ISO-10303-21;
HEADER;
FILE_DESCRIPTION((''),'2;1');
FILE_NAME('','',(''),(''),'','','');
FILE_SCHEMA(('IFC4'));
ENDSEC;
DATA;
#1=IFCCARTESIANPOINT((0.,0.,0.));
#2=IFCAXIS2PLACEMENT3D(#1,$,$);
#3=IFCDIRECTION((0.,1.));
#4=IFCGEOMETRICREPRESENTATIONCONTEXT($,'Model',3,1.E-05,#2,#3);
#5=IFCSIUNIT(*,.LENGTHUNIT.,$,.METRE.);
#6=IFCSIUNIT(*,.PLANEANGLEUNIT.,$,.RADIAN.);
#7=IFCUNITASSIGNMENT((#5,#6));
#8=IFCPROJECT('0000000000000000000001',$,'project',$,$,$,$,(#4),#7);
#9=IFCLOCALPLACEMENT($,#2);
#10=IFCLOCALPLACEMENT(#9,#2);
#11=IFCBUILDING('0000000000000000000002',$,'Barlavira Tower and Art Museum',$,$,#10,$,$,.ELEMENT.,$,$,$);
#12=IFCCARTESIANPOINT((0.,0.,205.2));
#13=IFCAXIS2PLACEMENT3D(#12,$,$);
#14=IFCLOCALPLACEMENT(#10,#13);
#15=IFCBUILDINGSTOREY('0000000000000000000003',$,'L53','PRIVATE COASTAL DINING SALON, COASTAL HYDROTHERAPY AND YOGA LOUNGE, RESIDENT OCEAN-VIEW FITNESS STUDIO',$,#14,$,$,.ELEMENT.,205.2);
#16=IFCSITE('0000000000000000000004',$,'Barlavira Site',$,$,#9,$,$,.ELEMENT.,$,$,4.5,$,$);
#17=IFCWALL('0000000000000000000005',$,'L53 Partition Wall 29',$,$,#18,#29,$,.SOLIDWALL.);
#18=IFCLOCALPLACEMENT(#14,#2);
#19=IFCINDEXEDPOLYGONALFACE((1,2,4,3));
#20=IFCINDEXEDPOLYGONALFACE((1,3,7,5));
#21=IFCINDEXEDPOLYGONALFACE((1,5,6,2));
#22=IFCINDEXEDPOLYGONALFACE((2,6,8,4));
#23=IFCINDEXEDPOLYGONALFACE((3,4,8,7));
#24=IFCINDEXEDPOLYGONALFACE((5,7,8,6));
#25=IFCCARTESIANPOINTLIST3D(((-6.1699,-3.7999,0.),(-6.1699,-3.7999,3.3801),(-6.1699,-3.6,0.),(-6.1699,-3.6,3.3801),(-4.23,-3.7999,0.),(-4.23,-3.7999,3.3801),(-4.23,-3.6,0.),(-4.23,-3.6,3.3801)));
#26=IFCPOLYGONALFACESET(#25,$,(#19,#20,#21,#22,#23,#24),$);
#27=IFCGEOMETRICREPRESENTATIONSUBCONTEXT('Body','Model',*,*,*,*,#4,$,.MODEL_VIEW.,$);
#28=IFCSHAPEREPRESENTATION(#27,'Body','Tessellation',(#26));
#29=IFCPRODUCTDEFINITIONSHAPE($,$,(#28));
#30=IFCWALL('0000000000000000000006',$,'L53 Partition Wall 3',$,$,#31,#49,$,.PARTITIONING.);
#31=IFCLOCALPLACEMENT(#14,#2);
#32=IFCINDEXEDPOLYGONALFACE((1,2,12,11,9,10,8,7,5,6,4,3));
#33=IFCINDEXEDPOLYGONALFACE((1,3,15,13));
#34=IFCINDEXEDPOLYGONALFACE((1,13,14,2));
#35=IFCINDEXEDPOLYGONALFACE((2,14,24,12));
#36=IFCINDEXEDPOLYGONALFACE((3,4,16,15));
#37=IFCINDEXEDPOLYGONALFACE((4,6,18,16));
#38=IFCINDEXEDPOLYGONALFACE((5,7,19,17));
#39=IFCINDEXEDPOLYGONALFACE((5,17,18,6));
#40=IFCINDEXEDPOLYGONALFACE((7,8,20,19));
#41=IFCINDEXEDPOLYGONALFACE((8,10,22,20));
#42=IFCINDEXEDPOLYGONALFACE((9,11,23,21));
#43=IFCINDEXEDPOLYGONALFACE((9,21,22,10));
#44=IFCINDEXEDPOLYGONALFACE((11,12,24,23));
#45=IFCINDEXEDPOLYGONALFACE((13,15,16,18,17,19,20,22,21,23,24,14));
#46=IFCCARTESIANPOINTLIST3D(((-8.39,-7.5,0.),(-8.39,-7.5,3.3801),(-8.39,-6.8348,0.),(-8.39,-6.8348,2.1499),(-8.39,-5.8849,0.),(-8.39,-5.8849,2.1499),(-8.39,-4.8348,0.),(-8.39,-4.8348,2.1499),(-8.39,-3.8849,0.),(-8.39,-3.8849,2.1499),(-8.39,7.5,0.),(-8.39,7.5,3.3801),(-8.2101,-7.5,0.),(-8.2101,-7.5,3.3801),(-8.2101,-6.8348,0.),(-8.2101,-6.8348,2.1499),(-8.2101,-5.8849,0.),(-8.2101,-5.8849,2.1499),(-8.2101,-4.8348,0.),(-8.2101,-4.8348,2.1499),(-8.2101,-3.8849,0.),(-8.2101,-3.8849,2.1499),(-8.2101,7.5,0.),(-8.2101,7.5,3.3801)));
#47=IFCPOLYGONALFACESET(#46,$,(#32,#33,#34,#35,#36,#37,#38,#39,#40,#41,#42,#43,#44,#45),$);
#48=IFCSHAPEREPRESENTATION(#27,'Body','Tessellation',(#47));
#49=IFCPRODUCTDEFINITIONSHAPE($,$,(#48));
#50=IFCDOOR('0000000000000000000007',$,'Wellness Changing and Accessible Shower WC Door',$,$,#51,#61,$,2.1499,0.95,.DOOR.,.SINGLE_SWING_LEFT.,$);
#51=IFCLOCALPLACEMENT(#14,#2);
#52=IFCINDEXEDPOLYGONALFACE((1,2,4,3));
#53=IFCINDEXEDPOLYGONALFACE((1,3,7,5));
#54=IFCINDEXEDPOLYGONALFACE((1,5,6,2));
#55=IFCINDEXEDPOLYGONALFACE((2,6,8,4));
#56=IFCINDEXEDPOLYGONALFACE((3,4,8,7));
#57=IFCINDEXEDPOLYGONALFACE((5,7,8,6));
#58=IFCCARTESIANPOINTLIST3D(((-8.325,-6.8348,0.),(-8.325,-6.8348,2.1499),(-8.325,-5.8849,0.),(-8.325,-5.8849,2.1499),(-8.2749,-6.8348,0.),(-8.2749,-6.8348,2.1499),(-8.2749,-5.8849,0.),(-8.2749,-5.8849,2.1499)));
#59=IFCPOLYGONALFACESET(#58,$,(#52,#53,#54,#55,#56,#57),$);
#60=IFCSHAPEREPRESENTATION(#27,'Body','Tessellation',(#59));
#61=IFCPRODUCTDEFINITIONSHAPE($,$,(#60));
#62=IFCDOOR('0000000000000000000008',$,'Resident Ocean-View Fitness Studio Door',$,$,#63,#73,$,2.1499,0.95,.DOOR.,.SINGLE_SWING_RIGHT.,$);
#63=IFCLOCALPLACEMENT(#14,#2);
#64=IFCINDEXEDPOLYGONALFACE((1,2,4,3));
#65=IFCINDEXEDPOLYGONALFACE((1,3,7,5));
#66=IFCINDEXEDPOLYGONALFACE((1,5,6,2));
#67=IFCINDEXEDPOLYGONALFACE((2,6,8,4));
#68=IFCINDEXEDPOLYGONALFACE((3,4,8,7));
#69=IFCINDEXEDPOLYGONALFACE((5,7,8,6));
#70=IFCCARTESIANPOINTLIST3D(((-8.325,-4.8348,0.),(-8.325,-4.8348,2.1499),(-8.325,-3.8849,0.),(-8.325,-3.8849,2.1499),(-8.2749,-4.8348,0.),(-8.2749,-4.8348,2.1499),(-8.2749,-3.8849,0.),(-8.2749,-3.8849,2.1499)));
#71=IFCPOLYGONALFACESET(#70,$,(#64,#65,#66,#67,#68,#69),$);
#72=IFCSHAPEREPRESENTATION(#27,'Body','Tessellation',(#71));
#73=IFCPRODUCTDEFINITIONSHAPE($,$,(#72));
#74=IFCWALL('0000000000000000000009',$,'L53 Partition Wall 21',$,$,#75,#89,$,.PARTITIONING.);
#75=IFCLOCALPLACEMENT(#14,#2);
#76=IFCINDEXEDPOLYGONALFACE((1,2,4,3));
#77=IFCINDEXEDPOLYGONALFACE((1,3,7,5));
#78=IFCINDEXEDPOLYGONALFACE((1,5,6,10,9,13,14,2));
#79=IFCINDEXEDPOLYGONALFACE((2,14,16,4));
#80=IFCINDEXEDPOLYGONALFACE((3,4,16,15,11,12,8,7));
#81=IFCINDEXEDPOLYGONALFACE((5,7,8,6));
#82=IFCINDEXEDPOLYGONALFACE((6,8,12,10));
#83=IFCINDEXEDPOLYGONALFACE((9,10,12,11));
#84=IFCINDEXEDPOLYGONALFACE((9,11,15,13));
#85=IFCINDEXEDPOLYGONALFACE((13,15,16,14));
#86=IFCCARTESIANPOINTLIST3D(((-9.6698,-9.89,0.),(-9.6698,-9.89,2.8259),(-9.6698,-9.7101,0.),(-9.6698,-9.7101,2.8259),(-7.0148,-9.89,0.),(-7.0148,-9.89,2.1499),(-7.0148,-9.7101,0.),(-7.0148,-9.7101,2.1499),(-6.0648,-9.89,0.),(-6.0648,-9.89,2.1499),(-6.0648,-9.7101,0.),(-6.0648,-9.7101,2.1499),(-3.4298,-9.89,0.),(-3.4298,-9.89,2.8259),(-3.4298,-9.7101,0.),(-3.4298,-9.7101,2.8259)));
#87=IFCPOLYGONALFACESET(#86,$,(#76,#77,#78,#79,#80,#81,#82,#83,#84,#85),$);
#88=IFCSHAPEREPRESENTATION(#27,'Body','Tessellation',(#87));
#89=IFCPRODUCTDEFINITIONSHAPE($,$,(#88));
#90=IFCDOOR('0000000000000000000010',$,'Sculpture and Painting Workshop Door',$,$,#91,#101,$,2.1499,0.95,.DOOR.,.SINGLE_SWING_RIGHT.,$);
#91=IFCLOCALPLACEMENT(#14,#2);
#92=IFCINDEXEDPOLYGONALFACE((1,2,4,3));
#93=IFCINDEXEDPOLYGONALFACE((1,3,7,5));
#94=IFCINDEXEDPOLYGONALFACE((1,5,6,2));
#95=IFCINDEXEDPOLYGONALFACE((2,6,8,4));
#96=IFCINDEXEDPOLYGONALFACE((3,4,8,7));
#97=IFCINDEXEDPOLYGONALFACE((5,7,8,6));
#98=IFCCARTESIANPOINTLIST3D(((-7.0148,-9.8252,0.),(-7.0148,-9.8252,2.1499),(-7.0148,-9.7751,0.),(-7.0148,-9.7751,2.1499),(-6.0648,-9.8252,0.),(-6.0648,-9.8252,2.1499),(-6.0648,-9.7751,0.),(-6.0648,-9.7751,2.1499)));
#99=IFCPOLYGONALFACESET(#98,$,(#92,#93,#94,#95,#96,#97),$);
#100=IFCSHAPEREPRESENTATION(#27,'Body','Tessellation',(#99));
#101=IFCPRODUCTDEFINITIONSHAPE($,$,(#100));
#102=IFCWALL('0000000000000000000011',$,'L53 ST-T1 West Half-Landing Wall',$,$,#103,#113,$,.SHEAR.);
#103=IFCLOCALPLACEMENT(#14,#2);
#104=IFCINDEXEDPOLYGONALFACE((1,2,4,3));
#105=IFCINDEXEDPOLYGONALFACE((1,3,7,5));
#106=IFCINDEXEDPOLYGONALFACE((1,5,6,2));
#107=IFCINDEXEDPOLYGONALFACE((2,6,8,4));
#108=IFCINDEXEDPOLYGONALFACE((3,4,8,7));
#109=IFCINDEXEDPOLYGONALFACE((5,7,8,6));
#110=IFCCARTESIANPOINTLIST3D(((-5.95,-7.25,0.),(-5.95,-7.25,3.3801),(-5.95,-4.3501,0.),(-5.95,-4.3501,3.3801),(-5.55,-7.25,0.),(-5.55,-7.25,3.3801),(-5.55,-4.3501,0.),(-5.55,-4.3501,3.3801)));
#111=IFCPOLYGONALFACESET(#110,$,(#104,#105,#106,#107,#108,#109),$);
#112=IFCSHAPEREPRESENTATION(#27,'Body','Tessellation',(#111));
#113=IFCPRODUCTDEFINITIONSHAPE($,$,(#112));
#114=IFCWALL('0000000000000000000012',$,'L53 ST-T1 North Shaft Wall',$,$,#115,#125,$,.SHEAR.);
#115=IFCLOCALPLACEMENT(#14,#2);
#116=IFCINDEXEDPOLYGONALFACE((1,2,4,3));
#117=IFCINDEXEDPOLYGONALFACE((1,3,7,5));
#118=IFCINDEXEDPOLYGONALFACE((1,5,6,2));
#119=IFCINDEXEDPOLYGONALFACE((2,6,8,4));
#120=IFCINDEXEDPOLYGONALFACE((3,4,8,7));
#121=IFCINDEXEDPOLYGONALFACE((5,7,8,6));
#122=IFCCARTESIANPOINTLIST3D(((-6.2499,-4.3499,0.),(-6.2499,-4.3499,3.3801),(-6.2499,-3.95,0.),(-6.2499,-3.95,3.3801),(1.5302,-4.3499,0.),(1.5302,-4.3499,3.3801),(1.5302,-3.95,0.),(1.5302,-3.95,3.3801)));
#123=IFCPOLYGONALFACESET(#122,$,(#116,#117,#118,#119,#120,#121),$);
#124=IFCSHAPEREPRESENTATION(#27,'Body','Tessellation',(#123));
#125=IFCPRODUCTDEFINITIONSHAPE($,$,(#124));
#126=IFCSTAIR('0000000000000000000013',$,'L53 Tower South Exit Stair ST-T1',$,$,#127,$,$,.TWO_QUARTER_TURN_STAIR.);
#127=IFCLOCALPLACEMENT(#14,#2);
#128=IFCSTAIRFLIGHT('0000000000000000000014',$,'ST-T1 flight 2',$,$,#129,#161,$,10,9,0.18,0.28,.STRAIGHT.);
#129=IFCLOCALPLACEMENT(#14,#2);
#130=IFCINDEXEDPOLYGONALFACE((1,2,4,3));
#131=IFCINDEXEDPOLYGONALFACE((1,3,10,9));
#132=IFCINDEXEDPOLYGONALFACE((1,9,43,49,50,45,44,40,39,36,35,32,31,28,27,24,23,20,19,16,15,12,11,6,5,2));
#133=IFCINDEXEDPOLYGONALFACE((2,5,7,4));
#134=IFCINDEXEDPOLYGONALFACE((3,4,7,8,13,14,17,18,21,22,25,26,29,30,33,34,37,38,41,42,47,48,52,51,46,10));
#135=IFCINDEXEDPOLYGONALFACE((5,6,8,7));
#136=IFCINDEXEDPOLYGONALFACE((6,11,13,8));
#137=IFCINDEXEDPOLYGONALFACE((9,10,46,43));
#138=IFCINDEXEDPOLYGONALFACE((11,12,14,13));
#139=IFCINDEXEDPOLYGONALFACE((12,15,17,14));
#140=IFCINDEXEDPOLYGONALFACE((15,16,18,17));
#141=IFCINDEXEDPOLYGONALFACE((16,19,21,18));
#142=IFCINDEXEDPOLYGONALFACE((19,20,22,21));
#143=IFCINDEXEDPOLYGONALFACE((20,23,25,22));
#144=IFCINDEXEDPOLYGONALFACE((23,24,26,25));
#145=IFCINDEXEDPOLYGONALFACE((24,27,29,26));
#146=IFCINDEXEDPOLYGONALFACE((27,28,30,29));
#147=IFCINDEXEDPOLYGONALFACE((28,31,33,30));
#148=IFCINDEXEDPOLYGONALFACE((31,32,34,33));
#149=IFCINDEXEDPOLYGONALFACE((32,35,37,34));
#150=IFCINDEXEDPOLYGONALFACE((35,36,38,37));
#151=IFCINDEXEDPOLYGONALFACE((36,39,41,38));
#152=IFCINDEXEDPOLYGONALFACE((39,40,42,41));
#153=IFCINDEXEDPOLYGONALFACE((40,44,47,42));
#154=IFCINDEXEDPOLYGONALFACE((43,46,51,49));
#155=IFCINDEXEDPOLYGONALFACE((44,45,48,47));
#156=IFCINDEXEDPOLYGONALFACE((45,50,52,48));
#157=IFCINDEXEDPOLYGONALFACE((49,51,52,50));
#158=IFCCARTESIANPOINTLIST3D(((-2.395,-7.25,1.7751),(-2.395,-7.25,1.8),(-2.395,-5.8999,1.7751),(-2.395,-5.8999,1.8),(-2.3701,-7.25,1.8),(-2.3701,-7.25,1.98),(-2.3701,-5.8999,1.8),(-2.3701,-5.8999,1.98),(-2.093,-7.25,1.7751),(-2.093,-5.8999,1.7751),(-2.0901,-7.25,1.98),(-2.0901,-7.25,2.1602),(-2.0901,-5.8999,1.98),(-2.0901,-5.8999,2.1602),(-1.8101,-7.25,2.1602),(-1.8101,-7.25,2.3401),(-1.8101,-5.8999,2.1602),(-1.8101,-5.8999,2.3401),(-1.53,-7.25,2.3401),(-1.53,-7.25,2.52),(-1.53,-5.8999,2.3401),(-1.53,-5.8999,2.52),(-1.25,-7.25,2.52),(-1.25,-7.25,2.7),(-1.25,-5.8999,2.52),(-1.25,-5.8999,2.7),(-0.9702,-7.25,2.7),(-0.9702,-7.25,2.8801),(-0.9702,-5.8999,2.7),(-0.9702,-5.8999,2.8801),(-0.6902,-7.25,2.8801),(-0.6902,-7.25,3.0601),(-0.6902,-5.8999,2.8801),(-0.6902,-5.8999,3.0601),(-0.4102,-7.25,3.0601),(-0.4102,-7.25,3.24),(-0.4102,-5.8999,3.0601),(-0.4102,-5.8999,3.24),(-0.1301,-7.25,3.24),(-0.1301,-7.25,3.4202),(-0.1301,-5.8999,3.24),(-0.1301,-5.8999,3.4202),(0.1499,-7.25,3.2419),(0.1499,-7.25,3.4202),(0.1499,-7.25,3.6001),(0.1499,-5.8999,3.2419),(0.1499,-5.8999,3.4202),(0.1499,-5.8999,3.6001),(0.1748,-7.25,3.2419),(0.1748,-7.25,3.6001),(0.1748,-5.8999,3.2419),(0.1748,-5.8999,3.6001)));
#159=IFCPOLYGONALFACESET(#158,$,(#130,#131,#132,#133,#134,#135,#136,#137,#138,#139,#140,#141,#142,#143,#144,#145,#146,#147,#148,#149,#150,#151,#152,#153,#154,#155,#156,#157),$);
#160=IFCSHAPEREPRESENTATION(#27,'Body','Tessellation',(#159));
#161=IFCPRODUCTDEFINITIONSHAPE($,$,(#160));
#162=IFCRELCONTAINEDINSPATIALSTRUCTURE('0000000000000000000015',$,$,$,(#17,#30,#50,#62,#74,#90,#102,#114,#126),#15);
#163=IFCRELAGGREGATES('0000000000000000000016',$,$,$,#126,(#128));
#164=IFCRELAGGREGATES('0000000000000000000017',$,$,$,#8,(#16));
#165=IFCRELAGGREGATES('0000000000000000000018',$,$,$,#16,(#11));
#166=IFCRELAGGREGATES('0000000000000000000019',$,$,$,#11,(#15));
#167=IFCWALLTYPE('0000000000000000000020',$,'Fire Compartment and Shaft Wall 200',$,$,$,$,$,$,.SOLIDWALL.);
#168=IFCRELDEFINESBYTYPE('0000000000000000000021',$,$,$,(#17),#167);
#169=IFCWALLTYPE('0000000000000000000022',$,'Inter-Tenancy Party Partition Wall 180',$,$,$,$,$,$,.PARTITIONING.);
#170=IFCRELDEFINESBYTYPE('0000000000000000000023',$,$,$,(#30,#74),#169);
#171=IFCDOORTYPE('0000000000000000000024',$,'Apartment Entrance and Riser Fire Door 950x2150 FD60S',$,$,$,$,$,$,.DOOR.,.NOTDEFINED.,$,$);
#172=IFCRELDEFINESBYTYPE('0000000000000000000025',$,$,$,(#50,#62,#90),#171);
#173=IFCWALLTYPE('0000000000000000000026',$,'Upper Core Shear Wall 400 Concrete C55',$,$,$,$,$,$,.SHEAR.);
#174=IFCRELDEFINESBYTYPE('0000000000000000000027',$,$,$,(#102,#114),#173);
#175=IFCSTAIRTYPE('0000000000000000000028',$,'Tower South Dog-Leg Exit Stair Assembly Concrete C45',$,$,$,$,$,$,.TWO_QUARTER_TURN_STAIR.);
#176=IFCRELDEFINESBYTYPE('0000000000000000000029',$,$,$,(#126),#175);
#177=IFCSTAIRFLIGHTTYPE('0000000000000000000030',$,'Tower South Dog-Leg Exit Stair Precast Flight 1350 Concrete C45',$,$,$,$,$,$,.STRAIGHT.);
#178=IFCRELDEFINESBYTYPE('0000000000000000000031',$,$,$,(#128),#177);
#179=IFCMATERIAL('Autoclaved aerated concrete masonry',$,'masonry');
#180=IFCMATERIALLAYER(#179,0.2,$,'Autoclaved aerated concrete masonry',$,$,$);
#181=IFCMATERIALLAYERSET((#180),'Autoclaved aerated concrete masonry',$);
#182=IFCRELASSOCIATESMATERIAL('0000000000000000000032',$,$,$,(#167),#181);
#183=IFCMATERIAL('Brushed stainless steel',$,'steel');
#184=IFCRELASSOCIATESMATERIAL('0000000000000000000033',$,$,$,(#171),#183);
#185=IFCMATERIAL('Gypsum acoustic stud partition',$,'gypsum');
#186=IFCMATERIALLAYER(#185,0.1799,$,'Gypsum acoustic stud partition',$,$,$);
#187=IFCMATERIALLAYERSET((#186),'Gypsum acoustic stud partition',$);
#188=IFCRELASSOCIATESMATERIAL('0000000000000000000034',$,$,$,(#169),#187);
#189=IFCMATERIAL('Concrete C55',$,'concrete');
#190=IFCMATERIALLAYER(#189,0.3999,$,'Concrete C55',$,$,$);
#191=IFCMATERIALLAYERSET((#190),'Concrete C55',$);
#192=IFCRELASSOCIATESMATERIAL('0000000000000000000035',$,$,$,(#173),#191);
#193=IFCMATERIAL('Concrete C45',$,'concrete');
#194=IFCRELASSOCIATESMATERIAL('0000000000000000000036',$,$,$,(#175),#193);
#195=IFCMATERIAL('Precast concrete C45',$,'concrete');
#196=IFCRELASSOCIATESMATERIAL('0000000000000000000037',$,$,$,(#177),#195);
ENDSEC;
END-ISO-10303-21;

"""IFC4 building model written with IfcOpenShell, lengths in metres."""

from ifc_helpers import new_model, si_unit, direction, frame, frame_2d, origin, place, context, subcontext, project, spatial, polyline, rectangle, outline, extrude, material, layer, layer_set, type_object, element, fill, aggregate, save


model = new_model("IFC4")

# Units and contexts
model_context = context("Model", 3, precision=1e-05, world=origin(), true_north=direction((0.0, 1.0)))
body_context = subcontext(model_context, "Body", "Model", "MODEL_VIEW")
ifc_project = project(units=[si_unit("LENGTHUNIT", "METRE"), si_unit("PLANEANGLEUNIT", "RADIAN")], contexts=[model_context])

# Site, building, storey
site_placement = place(None, origin())
site = spatial("IfcSite", under=ifc_project, at=site_placement, Name="Barlavira Site", CompositionType="ELEMENT", RefElevation=4.5)
building_placement = place(site_placement, origin())
building = spatial("IfcBuilding", under=site, at=building_placement, Name="Barlavira Tower and Art Museum", CompositionType="ELEMENT")
storey_placement = place(building_placement, frame((0.0, 0.0, 205.2)))
storey = spatial("IfcBuildingStorey", under=building, at=storey_placement, Name="L53", Description="PRIVATE COASTAL DINING SALON, COASTAL HYDROTHERAPY AND YOGA LOUNGE, RESIDENT OCEAN-VIEW FITNESS STUDIO", CompositionType="ELEMENT", Elevation=205.2)

# Shared definitions
ifc_material_1 = material(Name="Autoclaved aerated concrete masonry", Category="masonry")
ifc_layer_1 = layer(ifc_material_1, 0.2, Name="Autoclaved aerated concrete masonry")
ifc_layer_set_1 = layer_set([ifc_layer_1], Name="Autoclaved aerated concrete masonry")
wall_type_1 = type_object("IfcWallType", Name="Fire Compartment and Shaft Wall 200", PredefinedType="SOLIDWALL", material=ifc_layer_set_1)

# Shared definitions
ifc_material_2 = material(Name="Brushed stainless steel", Category="steel")
door_type = type_object("IfcDoorType", Name="Apartment Entrance and Riser Fire Door 950x2150 FD60S", OperationType="NOTDEFINED", PredefinedType="DOOR", material=ifc_material_2)

# Wall
wall_1_placement = place(storey_placement, frame((-6.1699, -3.7, 0.0), z_axis=(0.0, 0.0, 1.0), x_axis=(1.0, 0.0, 0.0)))
element("IfcWall", 1, at=wall_1_placement, inside=storey, type_object=wall_type_1, Name="L53 Partition Wall 29", PredefinedType="SOLIDWALL", context=body_context, shape_type="SweptSolid", body=[
    extrude(rectangle(XDim=1.9399, YDim=0.2, at=frame_2d((0.97, 0.0))), origin(), (0.0, 0.0, 1.0), 3.3801),
])

# Wall, openings, doors
ifc_material_3 = material(Name="Gypsum acoustic stud partition", Category="gypsum")
ifc_layer_2 = layer(ifc_material_3, 0.1799, Name="Gypsum acoustic stud partition")
ifc_layer_set_2 = layer_set([ifc_layer_2], Name="Gypsum acoustic stud partition")
wall_type_2 = type_object("IfcWallType", Name="Inter-Tenancy Party Partition Wall 180", PredefinedType="PARTITIONING", material=ifc_layer_set_2)
wall_2_placement = place(storey_placement, frame((-8.3, -7.5, 0.0), z_axis=(0.0, 0.0, 1.0), x_axis=(0.0, 1.0, 0.0)))
wall_2 = element("IfcWall", 2, at=wall_2_placement, inside=storey, type_object=wall_type_2, Name="L53 Partition Wall 3", PredefinedType="PARTITIONING", context=body_context, shape_type="SweptSolid", body=[
    extrude(rectangle(XDim=15.0, YDim=0.1799, at=frame_2d((7.5, 0.0))), origin(), (0.0, 0.0, 1.0), 3.3801),
])
opening_1_placement = place(wall_2_placement, frame((0.665, 0.0, 0.0)))
opening_1 = element("IfcOpeningElement", 3, at=opening_1_placement, cuts=wall_2, PredefinedType="OPENING", context=body_context, shape_type="SweptSolid", body=[
    extrude(rectangle(XDim=0.95, YDim=2.1499, at=frame_2d((0.4751, 1.075))), frame((0.0, 0.1001, 0.0), z_axis=(0.0, -1.0, 0.0), x_axis=(1.0, 0.0, 0.0)), (0.0, 0.0, 1.0), 0.2),
])
opening_2_placement = place(wall_2_placement, frame((2.665, 0.0, 0.0)))
opening_2 = element("IfcOpeningElement", 4, at=opening_2_placement, cuts=wall_2, PredefinedType="OPENING", context=body_context, shape_type="SweptSolid", body=[
    extrude(rectangle(XDim=0.95, YDim=2.1499, at=frame_2d((0.4751, 1.075))), frame((0.0, 0.1001, 0.0), z_axis=(0.0, -1.0, 0.0), x_axis=(1.0, 0.0, 0.0)), (0.0, 0.0, 1.0), 0.2),
])
door_1_placement = place(opening_1_placement, origin())
door_1 = element("IfcDoor", 5, at=door_1_placement, inside=storey, type_object=door_type, Name="Wellness Changing and Accessible Shower WC Door", OperationType="SINGLE_SWING_LEFT", OverallHeight=2.1499, OverallWidth=0.95, PredefinedType="DOOR", context=body_context, shape_type="SweptSolid", body=[
    extrude(rectangle(XDim=0.95, YDim=2.1499, at=frame_2d((0.4751, 1.075))), frame((0.0, 0.0249, 0.0), z_axis=(0.0, -1.0, 0.0), x_axis=(1.0, 0.0, 0.0)), (0.0, 0.0, 1.0), 0.05),
])
fill(opening_1, door_1)
door_2_placement = place(opening_2_placement, origin())
door_2 = element("IfcDoor", 6, at=door_2_placement, inside=storey, type_object=door_type, Name="Resident Ocean-View Fitness Studio Door", OperationType="SINGLE_SWING_RIGHT", OverallHeight=2.1499, OverallWidth=0.95, PredefinedType="DOOR", context=body_context, shape_type="SweptSolid", body=[
    extrude(rectangle(XDim=0.95, YDim=2.1499, at=frame_2d((0.4751, 1.075))), frame((0.0, 0.0249, 0.0), z_axis=(0.0, -1.0, 0.0), x_axis=(1.0, 0.0, 0.0)), (0.0, 0.0, 1.0), 0.05),
])
fill(opening_2, door_2)

# Wall, opening, door
wall_3_placement = place(storey_placement, frame((-9.6699, -9.8, 0.0), z_axis=(0.0, 0.0, 1.0), x_axis=(1.0, 0.0, 0.0)))
wall_3 = element("IfcWall", 7, at=wall_3_placement, inside=storey, type_object=wall_type_2, Name="L53 Partition Wall 21", PredefinedType="PARTITIONING", context=body_context, shape_type="SweptSolid", body=[
    extrude(rectangle(XDim=6.24, YDim=0.1799, at=frame_2d((3.1201, 0.0))), origin(), (0.0, 0.0, 1.0), 2.8259),
])
opening_3_placement = place(wall_3_placement, frame((2.655, 0.0, 0.0)))
opening_3 = element("IfcOpeningElement", 8, at=opening_3_placement, cuts=wall_3, PredefinedType="OPENING", context=body_context, shape_type="SweptSolid", body=[
    extrude(rectangle(XDim=0.95, YDim=2.1499, at=frame_2d((0.4751, 1.075))), frame((0.0, 0.1001, 0.0), z_axis=(0.0, -1.0, 0.0), x_axis=(1.0, 0.0, 0.0)), (0.0, 0.0, 1.0), 0.2),
])
door_3_placement = place(opening_3_placement, origin())
door_3 = element("IfcDoor", 9, at=door_3_placement, inside=storey, type_object=door_type, Name="Sculpture and Painting Workshop Door", OperationType="SINGLE_SWING_RIGHT", OverallHeight=2.1499, OverallWidth=0.95, PredefinedType="DOOR", context=body_context, shape_type="SweptSolid", body=[
    extrude(rectangle(XDim=0.95, YDim=2.1499, at=frame_2d((0.4751, 1.075))), frame((0.0, 0.0249, 0.0), z_axis=(0.0, -1.0, 0.0), x_axis=(1.0, 0.0, 0.0)), (0.0, 0.0, 1.0), 0.05),
])
fill(opening_3, door_3)

# Walls
ifc_material_4 = material(Name="Concrete C55", Category="concrete")
ifc_layer_3 = layer(ifc_material_4, 0.3999, Name="Concrete C55")
ifc_layer_set_3 = layer_set([ifc_layer_3], Name="Concrete C55")
wall_type_3 = type_object("IfcWallType", Name="Upper Core Shear Wall 400 Concrete C55", PredefinedType="SHEAR", material=ifc_layer_set_3)
wall_4_placement = place(storey_placement, frame((-5.75, -7.25, 0.0), z_axis=(0.0, 0.0, 1.0), x_axis=(0.0, 1.0, 0.0)))
element("IfcWall", 10, at=wall_4_placement, inside=storey, type_object=wall_type_3, Name="L53 ST-T1 West Half-Landing Wall", PredefinedType="SHEAR", context=body_context, shape_type="SweptSolid", body=[
    extrude(rectangle(XDim=2.8999, YDim=0.3999, at=frame_2d((1.45, 0.0))), origin(), (0.0, 0.0, 1.0), 3.3801),
])
wall_5_placement = place(storey_placement, frame((-6.25, -4.1499, 0.0), z_axis=(0.0, 0.0, 1.0), x_axis=(1.0, 0.0, 0.0)))
element("IfcWall", 11, at=wall_5_placement, inside=storey, type_object=wall_type_3, Name="L53 ST-T1 North Shaft Wall", PredefinedType="SHEAR", context=body_context, shape_type="SweptSolid", body=[
    extrude(rectangle(XDim=7.78, YDim=0.3999, at=frame_2d((3.8901, 0.0))), origin(), (0.0, 0.0, 1.0), 3.3801),
])

# Stair, stair flight
ifc_material_5 = material(Name="Concrete C45", Category="concrete")
stair_type = type_object("IfcStairType", Name="Tower South Dog-Leg Exit Stair Assembly Concrete C45", PredefinedType="TWO_QUARTER_TURN_STAIR", material=ifc_material_5)
stair_placement = place(storey_placement, origin())
stair = element("IfcStair", 12, at=stair_placement, inside=storey, type_object=stair_type, Name="L53 Tower South Exit Stair ST-T1", PredefinedType="TWO_QUARTER_TURN_STAIR")
ifc_material_6 = material(Name="Precast concrete C45", Category="concrete")
stair_flight_type = type_object("IfcStairFlightType", Name="Tower South Dog-Leg Exit Stair Precast Flight 1350 Concrete C45", PredefinedType="STRAIGHT", material=ifc_material_6)
stair_flight_placement = place(storey_placement, frame((-2.3701, -6.575, 1.8), z_axis=(0.0, 0.0, 1.0), x_axis=(1.0, 0.0, 0.0)))
stair_flight = element("IfcStairFlight", 13, at=stair_flight_placement, type_object=stair_flight_type, Name="ST-T1 flight 2", NumberOfRisers=10, NumberOfTreads=9, PredefinedType="STRAIGHT", RiserHeight=0.18, TreadLength=0.28, context=body_context, shape_type="SweptSolid", body=[
    extrude(outline(polyline([(-0.0249, 0.0), (0.0, 0.0), (0.0, 0.1799), (0.28, 0.1799), (0.28, 0.3601), (0.5601, 0.3601), (0.5601, 0.54), (0.8401, 0.54), (0.8401, 0.72), (1.1201, 0.72), (1.1201, 0.8999), (1.3999, 0.8999), (1.3999, 1.0801), (1.6799, 1.0801), (1.6799, 1.26), (1.96, 1.26), (1.96, 1.4399), (2.24, 1.4399), (2.24, 1.6201), (2.52, 1.6201), (2.52, 1.8), (2.5449, 1.8), (2.5449, 1.4419), (2.52, 1.4419), (0.2771, -0.0249), (-0.0249, -0.0249), (-0.0249, 0.0)])), frame((0.0, 0.675, 0.0), z_axis=(0.0, -1.0, 0.0), x_axis=(1.0, 0.0, 0.0)), (0.0, 0.0, 1.0), 1.3501),
])
aggregate(stair, [stair_flight])

save(model, "model.ifc")
